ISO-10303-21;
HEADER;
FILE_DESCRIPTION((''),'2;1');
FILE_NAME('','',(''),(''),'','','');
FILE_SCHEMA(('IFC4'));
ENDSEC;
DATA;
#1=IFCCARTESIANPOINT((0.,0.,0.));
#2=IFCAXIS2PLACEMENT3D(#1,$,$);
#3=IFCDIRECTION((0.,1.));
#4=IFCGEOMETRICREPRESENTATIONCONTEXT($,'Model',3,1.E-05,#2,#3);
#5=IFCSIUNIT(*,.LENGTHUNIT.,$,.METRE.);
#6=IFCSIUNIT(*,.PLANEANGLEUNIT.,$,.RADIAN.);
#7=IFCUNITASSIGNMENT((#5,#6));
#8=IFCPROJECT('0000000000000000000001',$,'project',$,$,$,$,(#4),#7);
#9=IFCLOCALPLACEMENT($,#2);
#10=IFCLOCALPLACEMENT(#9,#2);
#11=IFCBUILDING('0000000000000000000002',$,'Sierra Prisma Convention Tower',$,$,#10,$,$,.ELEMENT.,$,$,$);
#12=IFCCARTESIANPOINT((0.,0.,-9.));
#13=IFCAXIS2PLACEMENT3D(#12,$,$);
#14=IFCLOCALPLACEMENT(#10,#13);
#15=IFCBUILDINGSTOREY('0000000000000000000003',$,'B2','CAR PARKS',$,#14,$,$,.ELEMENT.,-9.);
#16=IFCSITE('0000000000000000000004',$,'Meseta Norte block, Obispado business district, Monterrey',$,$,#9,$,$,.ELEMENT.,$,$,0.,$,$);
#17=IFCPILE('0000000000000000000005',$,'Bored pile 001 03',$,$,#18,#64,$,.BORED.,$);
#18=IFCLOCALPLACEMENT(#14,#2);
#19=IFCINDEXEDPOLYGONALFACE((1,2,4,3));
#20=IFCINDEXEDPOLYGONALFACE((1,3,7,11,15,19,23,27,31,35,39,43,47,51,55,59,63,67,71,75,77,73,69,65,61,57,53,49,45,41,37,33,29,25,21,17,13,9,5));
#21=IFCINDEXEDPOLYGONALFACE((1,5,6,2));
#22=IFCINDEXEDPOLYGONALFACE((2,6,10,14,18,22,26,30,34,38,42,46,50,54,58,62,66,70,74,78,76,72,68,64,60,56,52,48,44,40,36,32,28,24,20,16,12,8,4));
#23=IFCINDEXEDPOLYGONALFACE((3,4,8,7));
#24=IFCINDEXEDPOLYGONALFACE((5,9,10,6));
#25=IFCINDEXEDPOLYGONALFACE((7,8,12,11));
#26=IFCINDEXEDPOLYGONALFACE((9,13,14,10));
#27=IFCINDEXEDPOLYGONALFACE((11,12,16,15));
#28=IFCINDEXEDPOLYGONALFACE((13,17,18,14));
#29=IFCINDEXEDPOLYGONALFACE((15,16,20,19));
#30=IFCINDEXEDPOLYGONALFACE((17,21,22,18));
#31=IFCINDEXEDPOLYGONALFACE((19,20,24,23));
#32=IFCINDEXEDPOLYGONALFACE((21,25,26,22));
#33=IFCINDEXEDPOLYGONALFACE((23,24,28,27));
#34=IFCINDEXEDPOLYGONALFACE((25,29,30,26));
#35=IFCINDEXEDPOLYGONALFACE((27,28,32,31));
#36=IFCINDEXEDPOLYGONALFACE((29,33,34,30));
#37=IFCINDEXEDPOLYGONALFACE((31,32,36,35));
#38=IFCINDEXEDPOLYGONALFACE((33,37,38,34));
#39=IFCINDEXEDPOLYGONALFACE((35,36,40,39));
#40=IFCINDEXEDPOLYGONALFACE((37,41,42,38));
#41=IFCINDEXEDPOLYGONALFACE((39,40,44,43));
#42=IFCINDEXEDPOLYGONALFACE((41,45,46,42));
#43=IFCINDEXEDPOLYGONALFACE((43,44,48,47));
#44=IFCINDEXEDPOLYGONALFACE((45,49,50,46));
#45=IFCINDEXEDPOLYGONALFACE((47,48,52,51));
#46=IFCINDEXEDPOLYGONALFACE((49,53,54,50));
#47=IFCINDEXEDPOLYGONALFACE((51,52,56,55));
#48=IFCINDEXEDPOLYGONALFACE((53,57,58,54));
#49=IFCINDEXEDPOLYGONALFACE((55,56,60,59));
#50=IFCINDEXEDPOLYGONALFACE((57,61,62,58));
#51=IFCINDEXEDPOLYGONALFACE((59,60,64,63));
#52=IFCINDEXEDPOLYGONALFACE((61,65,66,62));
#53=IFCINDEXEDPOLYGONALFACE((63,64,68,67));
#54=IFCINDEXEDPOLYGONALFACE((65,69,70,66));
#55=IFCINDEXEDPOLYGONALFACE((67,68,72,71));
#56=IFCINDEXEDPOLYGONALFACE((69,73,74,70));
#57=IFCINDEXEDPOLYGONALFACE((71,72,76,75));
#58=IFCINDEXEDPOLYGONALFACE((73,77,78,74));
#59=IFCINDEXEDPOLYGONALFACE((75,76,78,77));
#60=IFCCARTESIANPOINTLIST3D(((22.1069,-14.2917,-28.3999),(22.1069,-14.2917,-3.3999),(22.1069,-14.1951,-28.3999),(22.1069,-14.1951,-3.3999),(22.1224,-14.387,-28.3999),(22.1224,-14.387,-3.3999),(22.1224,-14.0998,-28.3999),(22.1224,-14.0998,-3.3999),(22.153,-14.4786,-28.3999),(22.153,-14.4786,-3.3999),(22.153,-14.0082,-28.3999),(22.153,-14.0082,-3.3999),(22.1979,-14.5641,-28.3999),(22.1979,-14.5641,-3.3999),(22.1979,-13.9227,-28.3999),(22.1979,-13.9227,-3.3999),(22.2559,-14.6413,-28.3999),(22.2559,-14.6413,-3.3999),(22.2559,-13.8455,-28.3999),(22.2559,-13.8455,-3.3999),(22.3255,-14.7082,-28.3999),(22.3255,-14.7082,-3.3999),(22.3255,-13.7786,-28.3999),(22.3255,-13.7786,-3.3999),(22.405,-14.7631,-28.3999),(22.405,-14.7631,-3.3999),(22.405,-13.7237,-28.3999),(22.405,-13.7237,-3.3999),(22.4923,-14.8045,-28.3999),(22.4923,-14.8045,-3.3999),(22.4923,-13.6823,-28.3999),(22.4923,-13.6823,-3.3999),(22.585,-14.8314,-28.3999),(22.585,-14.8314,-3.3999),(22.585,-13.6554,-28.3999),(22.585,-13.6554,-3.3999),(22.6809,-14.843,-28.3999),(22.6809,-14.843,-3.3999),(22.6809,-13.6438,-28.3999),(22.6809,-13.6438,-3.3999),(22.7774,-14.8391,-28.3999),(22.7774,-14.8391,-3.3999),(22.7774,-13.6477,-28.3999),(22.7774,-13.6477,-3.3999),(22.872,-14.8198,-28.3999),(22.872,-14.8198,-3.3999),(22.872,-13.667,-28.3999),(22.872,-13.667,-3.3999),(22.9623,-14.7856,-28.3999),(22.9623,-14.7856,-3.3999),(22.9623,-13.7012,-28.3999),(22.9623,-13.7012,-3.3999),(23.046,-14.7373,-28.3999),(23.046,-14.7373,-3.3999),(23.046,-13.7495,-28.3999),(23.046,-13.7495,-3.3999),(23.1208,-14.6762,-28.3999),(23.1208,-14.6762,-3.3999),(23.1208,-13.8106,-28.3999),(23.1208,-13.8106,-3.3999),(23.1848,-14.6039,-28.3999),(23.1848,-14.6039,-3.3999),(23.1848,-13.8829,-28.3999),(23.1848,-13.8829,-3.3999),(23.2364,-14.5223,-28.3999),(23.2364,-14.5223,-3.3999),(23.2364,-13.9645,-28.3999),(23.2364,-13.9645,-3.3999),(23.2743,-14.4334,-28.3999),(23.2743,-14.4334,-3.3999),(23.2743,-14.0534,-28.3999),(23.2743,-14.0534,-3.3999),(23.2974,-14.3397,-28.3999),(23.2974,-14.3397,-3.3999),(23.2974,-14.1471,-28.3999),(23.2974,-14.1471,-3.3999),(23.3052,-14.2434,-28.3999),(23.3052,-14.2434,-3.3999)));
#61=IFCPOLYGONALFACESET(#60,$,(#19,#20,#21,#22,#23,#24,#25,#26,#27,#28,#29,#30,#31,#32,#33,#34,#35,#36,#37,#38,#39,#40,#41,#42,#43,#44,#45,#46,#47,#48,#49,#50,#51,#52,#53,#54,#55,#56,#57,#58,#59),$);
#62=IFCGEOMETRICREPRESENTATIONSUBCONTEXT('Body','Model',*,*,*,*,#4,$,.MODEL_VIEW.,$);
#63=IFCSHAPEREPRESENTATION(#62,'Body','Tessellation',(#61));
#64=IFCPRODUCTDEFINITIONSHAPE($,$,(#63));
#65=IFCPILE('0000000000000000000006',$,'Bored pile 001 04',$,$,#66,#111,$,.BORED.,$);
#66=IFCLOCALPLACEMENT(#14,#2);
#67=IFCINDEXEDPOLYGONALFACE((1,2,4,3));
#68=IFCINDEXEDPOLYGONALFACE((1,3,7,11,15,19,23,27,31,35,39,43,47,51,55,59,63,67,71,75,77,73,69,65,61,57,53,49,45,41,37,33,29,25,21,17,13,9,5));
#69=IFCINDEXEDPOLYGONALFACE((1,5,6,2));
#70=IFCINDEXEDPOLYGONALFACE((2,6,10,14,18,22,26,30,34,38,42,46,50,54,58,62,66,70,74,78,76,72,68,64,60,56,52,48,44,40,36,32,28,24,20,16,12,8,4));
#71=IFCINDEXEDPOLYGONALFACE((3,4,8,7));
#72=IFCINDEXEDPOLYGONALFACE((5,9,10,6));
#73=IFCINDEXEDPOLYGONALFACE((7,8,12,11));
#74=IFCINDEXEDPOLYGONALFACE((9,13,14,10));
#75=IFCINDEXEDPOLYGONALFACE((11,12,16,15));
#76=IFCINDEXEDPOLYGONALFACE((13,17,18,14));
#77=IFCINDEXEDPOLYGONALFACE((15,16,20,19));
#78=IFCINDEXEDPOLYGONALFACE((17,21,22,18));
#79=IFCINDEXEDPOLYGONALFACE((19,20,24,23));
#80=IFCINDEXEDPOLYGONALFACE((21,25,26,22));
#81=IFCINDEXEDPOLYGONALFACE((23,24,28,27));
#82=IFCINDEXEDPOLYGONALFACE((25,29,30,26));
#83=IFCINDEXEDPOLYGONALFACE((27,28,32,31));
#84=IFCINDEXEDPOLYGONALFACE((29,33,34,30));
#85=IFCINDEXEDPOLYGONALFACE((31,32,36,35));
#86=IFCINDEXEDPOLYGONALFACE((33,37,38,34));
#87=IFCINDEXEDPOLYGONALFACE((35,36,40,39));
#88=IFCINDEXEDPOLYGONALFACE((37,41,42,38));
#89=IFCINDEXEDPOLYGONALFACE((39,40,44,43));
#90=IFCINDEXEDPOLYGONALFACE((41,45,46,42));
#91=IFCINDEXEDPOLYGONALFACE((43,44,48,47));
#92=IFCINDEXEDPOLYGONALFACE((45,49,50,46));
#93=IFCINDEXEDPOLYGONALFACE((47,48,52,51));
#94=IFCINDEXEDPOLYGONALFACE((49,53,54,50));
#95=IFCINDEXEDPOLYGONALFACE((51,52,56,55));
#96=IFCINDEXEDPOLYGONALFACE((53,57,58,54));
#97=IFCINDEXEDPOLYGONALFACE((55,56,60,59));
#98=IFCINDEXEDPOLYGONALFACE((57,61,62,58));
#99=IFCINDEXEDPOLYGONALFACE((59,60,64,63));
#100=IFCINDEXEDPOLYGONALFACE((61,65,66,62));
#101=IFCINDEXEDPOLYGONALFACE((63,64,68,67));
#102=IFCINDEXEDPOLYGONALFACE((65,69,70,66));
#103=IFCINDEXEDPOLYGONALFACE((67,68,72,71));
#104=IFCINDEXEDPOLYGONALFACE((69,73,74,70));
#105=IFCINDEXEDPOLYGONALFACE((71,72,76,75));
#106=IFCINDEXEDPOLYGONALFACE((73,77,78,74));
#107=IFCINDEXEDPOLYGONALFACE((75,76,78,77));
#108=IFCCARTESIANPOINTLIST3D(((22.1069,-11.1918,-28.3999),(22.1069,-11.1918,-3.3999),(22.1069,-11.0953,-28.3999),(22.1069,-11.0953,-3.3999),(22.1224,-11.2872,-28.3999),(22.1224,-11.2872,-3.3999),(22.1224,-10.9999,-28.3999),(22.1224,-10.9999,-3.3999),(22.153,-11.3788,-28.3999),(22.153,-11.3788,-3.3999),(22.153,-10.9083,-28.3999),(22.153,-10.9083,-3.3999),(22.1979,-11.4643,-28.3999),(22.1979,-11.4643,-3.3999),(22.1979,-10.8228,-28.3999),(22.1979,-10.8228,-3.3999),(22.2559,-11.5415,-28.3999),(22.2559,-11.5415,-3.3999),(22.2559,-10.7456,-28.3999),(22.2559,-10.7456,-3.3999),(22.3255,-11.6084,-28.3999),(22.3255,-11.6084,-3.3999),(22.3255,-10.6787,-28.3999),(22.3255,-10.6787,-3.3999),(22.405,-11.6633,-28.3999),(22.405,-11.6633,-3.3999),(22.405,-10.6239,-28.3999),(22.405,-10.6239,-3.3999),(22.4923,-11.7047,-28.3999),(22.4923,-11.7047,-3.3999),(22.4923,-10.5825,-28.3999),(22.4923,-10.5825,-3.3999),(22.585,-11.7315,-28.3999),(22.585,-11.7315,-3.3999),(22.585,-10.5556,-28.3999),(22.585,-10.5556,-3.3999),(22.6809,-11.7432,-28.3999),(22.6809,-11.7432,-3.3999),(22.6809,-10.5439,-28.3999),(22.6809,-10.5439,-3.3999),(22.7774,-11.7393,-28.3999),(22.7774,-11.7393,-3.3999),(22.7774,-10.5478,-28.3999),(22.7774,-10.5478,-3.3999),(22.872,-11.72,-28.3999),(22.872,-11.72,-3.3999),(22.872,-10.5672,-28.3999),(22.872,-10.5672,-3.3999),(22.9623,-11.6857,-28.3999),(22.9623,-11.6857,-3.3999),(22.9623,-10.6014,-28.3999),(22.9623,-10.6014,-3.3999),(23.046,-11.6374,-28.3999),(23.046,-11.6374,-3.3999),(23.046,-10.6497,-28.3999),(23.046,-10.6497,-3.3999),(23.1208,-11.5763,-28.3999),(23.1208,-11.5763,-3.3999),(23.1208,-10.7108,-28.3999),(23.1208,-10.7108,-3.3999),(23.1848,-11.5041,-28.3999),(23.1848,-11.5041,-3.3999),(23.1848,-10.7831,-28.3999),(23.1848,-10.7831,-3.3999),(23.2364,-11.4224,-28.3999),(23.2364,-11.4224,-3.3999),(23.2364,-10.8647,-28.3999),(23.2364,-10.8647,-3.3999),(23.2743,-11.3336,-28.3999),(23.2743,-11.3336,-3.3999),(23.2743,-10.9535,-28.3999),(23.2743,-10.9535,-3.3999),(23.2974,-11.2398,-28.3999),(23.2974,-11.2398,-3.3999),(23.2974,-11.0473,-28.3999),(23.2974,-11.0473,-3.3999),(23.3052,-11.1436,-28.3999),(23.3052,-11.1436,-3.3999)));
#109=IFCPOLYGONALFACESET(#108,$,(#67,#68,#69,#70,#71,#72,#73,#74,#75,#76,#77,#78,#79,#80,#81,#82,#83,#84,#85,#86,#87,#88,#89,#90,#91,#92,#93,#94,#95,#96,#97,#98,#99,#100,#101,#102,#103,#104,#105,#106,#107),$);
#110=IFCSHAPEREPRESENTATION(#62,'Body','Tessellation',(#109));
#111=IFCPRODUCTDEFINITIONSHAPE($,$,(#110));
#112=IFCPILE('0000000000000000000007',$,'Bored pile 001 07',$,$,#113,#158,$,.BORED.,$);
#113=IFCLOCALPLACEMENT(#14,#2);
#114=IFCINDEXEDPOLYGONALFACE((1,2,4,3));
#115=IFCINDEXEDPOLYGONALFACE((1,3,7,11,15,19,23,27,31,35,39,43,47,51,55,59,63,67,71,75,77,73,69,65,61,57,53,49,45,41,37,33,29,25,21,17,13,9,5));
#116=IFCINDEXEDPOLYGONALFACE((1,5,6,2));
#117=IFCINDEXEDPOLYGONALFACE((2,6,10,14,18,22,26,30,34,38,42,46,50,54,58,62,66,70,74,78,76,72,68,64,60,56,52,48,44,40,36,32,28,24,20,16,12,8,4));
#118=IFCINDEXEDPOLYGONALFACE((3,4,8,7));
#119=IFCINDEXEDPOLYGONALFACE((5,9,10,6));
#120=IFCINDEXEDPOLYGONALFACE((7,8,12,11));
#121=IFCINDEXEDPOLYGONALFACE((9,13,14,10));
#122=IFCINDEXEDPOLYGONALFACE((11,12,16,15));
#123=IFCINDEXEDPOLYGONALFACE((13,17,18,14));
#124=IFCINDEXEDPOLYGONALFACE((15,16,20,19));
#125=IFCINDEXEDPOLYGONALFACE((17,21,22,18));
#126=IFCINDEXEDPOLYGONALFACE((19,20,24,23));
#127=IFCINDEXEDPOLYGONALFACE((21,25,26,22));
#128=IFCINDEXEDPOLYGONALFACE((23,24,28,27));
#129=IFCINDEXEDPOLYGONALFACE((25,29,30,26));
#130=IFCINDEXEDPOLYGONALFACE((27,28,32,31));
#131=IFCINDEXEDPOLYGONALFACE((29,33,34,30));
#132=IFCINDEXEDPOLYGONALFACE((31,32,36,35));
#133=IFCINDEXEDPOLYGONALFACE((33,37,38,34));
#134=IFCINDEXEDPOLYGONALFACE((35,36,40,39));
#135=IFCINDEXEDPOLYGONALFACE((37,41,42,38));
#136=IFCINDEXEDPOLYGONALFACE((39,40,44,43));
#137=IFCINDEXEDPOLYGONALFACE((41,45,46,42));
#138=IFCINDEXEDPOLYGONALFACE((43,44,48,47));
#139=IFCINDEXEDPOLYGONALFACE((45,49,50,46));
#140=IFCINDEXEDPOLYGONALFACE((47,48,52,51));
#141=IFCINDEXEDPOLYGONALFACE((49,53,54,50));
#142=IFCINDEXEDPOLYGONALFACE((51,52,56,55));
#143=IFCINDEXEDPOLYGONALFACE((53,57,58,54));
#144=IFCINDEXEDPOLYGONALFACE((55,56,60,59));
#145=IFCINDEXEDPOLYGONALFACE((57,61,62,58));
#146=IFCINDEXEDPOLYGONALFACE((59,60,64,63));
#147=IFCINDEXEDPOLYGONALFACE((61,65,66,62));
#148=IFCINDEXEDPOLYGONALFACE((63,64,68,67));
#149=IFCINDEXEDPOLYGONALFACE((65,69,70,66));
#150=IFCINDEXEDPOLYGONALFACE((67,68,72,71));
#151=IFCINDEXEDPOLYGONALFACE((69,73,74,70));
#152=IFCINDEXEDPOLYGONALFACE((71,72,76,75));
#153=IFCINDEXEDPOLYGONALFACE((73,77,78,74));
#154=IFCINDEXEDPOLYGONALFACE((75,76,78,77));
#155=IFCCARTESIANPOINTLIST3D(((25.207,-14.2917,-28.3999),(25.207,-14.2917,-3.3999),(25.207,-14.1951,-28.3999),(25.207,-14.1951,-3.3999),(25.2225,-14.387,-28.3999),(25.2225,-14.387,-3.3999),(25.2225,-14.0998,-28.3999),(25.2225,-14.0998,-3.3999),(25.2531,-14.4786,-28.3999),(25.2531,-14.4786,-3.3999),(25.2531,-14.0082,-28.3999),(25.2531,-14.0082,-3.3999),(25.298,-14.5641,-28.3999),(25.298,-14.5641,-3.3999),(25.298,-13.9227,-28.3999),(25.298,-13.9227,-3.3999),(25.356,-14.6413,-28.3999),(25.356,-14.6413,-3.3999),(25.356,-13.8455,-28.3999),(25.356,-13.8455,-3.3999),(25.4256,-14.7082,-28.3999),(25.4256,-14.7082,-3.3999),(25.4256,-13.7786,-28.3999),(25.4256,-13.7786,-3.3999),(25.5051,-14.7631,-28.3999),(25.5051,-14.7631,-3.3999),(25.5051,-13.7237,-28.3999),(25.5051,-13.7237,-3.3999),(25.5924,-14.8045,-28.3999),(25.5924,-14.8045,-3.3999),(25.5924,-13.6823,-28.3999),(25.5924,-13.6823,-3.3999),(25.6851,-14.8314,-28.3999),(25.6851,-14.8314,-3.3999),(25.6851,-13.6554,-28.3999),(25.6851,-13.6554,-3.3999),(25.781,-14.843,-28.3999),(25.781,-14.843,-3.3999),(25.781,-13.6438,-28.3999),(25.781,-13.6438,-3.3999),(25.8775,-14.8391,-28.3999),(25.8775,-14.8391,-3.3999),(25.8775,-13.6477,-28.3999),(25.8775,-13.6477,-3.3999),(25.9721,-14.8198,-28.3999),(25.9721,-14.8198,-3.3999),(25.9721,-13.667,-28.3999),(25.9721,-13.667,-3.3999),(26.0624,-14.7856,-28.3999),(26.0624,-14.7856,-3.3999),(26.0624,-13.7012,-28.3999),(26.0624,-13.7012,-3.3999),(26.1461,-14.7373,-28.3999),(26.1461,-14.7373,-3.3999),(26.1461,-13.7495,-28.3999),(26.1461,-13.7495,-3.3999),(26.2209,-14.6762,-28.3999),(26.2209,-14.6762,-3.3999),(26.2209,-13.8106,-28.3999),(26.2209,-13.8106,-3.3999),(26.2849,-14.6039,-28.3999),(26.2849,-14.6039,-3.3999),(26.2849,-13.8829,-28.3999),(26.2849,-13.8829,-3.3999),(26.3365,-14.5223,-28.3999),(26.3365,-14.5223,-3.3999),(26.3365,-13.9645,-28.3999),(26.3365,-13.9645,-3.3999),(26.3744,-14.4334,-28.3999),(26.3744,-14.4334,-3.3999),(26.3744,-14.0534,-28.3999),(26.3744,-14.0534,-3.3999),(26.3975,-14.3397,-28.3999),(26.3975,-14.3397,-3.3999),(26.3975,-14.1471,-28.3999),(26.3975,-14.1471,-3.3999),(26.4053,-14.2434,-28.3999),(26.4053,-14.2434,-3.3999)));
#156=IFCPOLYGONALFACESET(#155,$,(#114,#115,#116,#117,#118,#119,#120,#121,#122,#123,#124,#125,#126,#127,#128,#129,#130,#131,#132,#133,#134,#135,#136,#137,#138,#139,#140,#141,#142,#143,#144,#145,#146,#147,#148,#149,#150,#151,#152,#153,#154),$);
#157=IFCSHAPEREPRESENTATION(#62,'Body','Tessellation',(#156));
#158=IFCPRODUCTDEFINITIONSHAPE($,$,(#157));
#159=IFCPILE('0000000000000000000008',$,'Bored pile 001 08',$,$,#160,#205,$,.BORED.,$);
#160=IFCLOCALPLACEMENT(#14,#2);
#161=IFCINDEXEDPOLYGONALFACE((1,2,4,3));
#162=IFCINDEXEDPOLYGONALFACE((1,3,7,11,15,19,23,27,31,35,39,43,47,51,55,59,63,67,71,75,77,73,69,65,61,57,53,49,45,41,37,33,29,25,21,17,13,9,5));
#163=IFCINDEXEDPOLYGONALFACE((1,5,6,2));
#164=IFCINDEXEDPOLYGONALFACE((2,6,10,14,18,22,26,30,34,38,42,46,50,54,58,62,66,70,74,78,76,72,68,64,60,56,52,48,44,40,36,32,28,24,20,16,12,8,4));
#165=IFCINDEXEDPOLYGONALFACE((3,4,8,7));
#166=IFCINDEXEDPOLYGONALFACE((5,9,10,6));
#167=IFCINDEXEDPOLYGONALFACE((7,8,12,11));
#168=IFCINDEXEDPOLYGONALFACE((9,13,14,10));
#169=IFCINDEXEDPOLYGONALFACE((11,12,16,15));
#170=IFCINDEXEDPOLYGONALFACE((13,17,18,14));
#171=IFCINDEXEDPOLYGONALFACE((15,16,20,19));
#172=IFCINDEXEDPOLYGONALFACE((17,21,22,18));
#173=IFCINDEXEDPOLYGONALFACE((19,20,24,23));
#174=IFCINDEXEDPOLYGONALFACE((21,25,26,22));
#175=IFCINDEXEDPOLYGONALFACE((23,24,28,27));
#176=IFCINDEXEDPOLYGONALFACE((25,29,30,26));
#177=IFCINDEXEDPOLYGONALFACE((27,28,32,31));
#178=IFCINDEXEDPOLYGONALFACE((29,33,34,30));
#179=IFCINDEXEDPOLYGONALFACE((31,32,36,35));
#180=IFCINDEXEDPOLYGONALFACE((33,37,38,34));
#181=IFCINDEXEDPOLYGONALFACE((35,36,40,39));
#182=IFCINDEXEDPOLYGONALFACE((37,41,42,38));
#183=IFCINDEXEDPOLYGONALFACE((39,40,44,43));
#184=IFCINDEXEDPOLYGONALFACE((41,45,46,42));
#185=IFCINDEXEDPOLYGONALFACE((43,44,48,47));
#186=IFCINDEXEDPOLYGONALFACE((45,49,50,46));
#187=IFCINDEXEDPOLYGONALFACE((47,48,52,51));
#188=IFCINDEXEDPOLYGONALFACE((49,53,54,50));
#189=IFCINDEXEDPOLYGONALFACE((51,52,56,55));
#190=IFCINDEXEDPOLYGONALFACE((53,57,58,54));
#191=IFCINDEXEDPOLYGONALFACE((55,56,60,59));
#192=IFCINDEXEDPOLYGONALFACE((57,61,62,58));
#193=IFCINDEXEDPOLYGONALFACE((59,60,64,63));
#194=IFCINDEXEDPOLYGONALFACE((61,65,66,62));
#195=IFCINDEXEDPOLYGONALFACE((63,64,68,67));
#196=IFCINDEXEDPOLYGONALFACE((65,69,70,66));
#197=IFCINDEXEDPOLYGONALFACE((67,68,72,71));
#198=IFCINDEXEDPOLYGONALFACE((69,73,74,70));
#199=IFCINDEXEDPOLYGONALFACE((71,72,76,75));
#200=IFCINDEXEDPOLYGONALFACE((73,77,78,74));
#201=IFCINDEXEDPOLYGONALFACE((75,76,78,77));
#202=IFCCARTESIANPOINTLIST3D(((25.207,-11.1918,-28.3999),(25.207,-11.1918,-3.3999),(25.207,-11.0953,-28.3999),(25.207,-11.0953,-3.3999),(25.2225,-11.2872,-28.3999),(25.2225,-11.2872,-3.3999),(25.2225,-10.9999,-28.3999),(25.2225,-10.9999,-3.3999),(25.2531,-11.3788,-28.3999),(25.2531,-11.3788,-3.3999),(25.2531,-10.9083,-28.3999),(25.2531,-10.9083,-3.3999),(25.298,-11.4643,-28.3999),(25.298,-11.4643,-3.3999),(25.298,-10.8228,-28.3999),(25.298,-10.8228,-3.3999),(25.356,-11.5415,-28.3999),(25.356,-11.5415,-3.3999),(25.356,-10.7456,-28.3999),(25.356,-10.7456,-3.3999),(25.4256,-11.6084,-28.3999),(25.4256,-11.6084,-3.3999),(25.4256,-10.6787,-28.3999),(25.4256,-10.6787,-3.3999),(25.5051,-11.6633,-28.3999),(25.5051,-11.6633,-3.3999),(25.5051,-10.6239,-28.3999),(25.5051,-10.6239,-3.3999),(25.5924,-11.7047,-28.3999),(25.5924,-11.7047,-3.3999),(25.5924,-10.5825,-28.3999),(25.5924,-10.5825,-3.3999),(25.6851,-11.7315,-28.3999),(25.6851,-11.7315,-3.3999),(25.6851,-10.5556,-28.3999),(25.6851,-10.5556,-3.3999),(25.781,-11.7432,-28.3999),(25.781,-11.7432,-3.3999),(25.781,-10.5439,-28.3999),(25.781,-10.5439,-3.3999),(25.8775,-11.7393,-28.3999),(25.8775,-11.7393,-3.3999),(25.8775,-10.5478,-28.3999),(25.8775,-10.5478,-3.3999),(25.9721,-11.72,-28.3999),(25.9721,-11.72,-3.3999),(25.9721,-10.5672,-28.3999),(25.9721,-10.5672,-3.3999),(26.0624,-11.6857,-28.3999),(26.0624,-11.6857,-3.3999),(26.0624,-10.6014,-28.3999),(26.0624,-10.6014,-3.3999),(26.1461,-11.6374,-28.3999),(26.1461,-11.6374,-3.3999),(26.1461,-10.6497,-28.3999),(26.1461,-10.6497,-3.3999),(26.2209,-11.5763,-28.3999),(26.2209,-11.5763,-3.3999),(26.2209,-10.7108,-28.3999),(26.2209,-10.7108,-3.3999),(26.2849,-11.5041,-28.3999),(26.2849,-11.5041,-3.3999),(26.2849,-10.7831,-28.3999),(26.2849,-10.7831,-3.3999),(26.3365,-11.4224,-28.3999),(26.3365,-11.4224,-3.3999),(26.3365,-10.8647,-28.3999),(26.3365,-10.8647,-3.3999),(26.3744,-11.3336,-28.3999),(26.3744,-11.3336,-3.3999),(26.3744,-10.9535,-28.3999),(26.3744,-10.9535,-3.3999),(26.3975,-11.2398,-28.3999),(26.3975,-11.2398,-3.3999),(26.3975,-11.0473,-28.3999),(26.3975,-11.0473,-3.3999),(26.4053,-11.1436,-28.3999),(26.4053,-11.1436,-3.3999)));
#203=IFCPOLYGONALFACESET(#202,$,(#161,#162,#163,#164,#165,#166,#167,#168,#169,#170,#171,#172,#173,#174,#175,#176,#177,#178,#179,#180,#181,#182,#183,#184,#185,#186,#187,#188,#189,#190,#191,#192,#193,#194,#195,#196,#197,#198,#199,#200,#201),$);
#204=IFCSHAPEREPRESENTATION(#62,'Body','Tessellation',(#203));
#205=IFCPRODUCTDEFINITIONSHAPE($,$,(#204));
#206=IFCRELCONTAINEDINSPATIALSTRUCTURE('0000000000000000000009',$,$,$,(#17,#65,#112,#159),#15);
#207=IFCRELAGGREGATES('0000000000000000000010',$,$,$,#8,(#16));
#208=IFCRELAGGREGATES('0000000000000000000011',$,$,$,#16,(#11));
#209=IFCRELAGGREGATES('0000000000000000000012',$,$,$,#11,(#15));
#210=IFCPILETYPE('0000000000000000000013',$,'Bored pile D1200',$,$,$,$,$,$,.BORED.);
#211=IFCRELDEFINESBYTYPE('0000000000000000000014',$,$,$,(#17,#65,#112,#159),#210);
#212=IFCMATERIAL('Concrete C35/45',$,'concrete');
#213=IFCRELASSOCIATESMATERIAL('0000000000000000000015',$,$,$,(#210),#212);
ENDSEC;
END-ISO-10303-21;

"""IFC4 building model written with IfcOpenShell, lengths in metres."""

from ifc_helpers import new_model, si_unit, direction, frame, origin, origin_2d, place, context, subcontext, project, spatial, circle, extrude, material, material_profile, profile_set, type_object, element, save


model = new_model("IFC4")

# Units and contexts
model_context = context("Model", 3, precision=1e-05, world=origin(), true_north=direction((0.0, 1.0)))
body_context = subcontext(model_context, "Body", "Model", "MODEL_VIEW")
ifc_project = project(units=[si_unit("LENGTHUNIT", "METRE"), si_unit("PLANEANGLEUNIT", "RADIAN")], contexts=[model_context])

# Site, building, storey
site_placement = place(None, origin())
site = spatial("IfcSite", under=ifc_project, at=site_placement, Name="Meseta Norte block, Obispado business district, Monterrey", CompositionType="ELEMENT", RefElevation=0.0)
building_placement = place(site_placement, origin())
building = spatial("IfcBuilding", under=site, at=building_placement, Name="Sierra Prisma Convention Tower", CompositionType="ELEMENT")
storey_placement = place(building_placement, frame((0.0, 0.0, -9.0)))
storey = spatial("IfcBuildingStorey", under=building, at=storey_placement, Name="B2", Description="CAR PARKS", CompositionType="ELEMENT", Elevation=-9.0)

# Piles
ifc_material_1 = material(Name="Concrete C35/45", Category="concrete")
ifc_material_profile_1 = material_profile(ifc_material_1, circle(Radius=0.6001, at=origin_2d()), Name="D1200")
ifc_profile_set_1 = profile_set([ifc_material_profile_1], Name="Concrete C35/45")
pile_type_1 = type_object("IfcPileType", Name="Bored pile D1200", PredefinedType="BORED", material=ifc_profile_set_1)
for number, where, z_axis, x_axis, name in (
    (1, (22.7051, -14.2434, -3.3999), (0.0, 0.0, -1.0), (1.0, 0.0, 0.0), "Bored pile 001 03"),
    (2, (22.7051, -11.1436, -3.3999), (0.0, 0.0, -1.0), (1.0, 0.0, 0.0), "Bored pile 001 04"),
    (3, (25.8052, -14.2434, -3.3999), (0.0, 0.0, -1.0), (1.0, 0.0, 0.0), "Bored pile 001 07"),
    (4, (25.8052, -11.1436, -3.3999), (0.0, 0.0, -1.0), (1.0, 0.0, 0.0), "Bored pile 001 08"),
):
    element("IfcPile", number, at=place(storey_placement, frame(where, z_axis=z_axis, x_axis=x_axis)), inside=storey, type_object=pile_type_1, Name=name, PredefinedType="BORED", context=body_context, shape_type="SweptSolid", body=[
        extrude(circle(Radius=0.6001, at=origin_2d()), origin(), (0.0, 0.0, 1.0), 25.0),
    ])

save(model, "model.ifc")
